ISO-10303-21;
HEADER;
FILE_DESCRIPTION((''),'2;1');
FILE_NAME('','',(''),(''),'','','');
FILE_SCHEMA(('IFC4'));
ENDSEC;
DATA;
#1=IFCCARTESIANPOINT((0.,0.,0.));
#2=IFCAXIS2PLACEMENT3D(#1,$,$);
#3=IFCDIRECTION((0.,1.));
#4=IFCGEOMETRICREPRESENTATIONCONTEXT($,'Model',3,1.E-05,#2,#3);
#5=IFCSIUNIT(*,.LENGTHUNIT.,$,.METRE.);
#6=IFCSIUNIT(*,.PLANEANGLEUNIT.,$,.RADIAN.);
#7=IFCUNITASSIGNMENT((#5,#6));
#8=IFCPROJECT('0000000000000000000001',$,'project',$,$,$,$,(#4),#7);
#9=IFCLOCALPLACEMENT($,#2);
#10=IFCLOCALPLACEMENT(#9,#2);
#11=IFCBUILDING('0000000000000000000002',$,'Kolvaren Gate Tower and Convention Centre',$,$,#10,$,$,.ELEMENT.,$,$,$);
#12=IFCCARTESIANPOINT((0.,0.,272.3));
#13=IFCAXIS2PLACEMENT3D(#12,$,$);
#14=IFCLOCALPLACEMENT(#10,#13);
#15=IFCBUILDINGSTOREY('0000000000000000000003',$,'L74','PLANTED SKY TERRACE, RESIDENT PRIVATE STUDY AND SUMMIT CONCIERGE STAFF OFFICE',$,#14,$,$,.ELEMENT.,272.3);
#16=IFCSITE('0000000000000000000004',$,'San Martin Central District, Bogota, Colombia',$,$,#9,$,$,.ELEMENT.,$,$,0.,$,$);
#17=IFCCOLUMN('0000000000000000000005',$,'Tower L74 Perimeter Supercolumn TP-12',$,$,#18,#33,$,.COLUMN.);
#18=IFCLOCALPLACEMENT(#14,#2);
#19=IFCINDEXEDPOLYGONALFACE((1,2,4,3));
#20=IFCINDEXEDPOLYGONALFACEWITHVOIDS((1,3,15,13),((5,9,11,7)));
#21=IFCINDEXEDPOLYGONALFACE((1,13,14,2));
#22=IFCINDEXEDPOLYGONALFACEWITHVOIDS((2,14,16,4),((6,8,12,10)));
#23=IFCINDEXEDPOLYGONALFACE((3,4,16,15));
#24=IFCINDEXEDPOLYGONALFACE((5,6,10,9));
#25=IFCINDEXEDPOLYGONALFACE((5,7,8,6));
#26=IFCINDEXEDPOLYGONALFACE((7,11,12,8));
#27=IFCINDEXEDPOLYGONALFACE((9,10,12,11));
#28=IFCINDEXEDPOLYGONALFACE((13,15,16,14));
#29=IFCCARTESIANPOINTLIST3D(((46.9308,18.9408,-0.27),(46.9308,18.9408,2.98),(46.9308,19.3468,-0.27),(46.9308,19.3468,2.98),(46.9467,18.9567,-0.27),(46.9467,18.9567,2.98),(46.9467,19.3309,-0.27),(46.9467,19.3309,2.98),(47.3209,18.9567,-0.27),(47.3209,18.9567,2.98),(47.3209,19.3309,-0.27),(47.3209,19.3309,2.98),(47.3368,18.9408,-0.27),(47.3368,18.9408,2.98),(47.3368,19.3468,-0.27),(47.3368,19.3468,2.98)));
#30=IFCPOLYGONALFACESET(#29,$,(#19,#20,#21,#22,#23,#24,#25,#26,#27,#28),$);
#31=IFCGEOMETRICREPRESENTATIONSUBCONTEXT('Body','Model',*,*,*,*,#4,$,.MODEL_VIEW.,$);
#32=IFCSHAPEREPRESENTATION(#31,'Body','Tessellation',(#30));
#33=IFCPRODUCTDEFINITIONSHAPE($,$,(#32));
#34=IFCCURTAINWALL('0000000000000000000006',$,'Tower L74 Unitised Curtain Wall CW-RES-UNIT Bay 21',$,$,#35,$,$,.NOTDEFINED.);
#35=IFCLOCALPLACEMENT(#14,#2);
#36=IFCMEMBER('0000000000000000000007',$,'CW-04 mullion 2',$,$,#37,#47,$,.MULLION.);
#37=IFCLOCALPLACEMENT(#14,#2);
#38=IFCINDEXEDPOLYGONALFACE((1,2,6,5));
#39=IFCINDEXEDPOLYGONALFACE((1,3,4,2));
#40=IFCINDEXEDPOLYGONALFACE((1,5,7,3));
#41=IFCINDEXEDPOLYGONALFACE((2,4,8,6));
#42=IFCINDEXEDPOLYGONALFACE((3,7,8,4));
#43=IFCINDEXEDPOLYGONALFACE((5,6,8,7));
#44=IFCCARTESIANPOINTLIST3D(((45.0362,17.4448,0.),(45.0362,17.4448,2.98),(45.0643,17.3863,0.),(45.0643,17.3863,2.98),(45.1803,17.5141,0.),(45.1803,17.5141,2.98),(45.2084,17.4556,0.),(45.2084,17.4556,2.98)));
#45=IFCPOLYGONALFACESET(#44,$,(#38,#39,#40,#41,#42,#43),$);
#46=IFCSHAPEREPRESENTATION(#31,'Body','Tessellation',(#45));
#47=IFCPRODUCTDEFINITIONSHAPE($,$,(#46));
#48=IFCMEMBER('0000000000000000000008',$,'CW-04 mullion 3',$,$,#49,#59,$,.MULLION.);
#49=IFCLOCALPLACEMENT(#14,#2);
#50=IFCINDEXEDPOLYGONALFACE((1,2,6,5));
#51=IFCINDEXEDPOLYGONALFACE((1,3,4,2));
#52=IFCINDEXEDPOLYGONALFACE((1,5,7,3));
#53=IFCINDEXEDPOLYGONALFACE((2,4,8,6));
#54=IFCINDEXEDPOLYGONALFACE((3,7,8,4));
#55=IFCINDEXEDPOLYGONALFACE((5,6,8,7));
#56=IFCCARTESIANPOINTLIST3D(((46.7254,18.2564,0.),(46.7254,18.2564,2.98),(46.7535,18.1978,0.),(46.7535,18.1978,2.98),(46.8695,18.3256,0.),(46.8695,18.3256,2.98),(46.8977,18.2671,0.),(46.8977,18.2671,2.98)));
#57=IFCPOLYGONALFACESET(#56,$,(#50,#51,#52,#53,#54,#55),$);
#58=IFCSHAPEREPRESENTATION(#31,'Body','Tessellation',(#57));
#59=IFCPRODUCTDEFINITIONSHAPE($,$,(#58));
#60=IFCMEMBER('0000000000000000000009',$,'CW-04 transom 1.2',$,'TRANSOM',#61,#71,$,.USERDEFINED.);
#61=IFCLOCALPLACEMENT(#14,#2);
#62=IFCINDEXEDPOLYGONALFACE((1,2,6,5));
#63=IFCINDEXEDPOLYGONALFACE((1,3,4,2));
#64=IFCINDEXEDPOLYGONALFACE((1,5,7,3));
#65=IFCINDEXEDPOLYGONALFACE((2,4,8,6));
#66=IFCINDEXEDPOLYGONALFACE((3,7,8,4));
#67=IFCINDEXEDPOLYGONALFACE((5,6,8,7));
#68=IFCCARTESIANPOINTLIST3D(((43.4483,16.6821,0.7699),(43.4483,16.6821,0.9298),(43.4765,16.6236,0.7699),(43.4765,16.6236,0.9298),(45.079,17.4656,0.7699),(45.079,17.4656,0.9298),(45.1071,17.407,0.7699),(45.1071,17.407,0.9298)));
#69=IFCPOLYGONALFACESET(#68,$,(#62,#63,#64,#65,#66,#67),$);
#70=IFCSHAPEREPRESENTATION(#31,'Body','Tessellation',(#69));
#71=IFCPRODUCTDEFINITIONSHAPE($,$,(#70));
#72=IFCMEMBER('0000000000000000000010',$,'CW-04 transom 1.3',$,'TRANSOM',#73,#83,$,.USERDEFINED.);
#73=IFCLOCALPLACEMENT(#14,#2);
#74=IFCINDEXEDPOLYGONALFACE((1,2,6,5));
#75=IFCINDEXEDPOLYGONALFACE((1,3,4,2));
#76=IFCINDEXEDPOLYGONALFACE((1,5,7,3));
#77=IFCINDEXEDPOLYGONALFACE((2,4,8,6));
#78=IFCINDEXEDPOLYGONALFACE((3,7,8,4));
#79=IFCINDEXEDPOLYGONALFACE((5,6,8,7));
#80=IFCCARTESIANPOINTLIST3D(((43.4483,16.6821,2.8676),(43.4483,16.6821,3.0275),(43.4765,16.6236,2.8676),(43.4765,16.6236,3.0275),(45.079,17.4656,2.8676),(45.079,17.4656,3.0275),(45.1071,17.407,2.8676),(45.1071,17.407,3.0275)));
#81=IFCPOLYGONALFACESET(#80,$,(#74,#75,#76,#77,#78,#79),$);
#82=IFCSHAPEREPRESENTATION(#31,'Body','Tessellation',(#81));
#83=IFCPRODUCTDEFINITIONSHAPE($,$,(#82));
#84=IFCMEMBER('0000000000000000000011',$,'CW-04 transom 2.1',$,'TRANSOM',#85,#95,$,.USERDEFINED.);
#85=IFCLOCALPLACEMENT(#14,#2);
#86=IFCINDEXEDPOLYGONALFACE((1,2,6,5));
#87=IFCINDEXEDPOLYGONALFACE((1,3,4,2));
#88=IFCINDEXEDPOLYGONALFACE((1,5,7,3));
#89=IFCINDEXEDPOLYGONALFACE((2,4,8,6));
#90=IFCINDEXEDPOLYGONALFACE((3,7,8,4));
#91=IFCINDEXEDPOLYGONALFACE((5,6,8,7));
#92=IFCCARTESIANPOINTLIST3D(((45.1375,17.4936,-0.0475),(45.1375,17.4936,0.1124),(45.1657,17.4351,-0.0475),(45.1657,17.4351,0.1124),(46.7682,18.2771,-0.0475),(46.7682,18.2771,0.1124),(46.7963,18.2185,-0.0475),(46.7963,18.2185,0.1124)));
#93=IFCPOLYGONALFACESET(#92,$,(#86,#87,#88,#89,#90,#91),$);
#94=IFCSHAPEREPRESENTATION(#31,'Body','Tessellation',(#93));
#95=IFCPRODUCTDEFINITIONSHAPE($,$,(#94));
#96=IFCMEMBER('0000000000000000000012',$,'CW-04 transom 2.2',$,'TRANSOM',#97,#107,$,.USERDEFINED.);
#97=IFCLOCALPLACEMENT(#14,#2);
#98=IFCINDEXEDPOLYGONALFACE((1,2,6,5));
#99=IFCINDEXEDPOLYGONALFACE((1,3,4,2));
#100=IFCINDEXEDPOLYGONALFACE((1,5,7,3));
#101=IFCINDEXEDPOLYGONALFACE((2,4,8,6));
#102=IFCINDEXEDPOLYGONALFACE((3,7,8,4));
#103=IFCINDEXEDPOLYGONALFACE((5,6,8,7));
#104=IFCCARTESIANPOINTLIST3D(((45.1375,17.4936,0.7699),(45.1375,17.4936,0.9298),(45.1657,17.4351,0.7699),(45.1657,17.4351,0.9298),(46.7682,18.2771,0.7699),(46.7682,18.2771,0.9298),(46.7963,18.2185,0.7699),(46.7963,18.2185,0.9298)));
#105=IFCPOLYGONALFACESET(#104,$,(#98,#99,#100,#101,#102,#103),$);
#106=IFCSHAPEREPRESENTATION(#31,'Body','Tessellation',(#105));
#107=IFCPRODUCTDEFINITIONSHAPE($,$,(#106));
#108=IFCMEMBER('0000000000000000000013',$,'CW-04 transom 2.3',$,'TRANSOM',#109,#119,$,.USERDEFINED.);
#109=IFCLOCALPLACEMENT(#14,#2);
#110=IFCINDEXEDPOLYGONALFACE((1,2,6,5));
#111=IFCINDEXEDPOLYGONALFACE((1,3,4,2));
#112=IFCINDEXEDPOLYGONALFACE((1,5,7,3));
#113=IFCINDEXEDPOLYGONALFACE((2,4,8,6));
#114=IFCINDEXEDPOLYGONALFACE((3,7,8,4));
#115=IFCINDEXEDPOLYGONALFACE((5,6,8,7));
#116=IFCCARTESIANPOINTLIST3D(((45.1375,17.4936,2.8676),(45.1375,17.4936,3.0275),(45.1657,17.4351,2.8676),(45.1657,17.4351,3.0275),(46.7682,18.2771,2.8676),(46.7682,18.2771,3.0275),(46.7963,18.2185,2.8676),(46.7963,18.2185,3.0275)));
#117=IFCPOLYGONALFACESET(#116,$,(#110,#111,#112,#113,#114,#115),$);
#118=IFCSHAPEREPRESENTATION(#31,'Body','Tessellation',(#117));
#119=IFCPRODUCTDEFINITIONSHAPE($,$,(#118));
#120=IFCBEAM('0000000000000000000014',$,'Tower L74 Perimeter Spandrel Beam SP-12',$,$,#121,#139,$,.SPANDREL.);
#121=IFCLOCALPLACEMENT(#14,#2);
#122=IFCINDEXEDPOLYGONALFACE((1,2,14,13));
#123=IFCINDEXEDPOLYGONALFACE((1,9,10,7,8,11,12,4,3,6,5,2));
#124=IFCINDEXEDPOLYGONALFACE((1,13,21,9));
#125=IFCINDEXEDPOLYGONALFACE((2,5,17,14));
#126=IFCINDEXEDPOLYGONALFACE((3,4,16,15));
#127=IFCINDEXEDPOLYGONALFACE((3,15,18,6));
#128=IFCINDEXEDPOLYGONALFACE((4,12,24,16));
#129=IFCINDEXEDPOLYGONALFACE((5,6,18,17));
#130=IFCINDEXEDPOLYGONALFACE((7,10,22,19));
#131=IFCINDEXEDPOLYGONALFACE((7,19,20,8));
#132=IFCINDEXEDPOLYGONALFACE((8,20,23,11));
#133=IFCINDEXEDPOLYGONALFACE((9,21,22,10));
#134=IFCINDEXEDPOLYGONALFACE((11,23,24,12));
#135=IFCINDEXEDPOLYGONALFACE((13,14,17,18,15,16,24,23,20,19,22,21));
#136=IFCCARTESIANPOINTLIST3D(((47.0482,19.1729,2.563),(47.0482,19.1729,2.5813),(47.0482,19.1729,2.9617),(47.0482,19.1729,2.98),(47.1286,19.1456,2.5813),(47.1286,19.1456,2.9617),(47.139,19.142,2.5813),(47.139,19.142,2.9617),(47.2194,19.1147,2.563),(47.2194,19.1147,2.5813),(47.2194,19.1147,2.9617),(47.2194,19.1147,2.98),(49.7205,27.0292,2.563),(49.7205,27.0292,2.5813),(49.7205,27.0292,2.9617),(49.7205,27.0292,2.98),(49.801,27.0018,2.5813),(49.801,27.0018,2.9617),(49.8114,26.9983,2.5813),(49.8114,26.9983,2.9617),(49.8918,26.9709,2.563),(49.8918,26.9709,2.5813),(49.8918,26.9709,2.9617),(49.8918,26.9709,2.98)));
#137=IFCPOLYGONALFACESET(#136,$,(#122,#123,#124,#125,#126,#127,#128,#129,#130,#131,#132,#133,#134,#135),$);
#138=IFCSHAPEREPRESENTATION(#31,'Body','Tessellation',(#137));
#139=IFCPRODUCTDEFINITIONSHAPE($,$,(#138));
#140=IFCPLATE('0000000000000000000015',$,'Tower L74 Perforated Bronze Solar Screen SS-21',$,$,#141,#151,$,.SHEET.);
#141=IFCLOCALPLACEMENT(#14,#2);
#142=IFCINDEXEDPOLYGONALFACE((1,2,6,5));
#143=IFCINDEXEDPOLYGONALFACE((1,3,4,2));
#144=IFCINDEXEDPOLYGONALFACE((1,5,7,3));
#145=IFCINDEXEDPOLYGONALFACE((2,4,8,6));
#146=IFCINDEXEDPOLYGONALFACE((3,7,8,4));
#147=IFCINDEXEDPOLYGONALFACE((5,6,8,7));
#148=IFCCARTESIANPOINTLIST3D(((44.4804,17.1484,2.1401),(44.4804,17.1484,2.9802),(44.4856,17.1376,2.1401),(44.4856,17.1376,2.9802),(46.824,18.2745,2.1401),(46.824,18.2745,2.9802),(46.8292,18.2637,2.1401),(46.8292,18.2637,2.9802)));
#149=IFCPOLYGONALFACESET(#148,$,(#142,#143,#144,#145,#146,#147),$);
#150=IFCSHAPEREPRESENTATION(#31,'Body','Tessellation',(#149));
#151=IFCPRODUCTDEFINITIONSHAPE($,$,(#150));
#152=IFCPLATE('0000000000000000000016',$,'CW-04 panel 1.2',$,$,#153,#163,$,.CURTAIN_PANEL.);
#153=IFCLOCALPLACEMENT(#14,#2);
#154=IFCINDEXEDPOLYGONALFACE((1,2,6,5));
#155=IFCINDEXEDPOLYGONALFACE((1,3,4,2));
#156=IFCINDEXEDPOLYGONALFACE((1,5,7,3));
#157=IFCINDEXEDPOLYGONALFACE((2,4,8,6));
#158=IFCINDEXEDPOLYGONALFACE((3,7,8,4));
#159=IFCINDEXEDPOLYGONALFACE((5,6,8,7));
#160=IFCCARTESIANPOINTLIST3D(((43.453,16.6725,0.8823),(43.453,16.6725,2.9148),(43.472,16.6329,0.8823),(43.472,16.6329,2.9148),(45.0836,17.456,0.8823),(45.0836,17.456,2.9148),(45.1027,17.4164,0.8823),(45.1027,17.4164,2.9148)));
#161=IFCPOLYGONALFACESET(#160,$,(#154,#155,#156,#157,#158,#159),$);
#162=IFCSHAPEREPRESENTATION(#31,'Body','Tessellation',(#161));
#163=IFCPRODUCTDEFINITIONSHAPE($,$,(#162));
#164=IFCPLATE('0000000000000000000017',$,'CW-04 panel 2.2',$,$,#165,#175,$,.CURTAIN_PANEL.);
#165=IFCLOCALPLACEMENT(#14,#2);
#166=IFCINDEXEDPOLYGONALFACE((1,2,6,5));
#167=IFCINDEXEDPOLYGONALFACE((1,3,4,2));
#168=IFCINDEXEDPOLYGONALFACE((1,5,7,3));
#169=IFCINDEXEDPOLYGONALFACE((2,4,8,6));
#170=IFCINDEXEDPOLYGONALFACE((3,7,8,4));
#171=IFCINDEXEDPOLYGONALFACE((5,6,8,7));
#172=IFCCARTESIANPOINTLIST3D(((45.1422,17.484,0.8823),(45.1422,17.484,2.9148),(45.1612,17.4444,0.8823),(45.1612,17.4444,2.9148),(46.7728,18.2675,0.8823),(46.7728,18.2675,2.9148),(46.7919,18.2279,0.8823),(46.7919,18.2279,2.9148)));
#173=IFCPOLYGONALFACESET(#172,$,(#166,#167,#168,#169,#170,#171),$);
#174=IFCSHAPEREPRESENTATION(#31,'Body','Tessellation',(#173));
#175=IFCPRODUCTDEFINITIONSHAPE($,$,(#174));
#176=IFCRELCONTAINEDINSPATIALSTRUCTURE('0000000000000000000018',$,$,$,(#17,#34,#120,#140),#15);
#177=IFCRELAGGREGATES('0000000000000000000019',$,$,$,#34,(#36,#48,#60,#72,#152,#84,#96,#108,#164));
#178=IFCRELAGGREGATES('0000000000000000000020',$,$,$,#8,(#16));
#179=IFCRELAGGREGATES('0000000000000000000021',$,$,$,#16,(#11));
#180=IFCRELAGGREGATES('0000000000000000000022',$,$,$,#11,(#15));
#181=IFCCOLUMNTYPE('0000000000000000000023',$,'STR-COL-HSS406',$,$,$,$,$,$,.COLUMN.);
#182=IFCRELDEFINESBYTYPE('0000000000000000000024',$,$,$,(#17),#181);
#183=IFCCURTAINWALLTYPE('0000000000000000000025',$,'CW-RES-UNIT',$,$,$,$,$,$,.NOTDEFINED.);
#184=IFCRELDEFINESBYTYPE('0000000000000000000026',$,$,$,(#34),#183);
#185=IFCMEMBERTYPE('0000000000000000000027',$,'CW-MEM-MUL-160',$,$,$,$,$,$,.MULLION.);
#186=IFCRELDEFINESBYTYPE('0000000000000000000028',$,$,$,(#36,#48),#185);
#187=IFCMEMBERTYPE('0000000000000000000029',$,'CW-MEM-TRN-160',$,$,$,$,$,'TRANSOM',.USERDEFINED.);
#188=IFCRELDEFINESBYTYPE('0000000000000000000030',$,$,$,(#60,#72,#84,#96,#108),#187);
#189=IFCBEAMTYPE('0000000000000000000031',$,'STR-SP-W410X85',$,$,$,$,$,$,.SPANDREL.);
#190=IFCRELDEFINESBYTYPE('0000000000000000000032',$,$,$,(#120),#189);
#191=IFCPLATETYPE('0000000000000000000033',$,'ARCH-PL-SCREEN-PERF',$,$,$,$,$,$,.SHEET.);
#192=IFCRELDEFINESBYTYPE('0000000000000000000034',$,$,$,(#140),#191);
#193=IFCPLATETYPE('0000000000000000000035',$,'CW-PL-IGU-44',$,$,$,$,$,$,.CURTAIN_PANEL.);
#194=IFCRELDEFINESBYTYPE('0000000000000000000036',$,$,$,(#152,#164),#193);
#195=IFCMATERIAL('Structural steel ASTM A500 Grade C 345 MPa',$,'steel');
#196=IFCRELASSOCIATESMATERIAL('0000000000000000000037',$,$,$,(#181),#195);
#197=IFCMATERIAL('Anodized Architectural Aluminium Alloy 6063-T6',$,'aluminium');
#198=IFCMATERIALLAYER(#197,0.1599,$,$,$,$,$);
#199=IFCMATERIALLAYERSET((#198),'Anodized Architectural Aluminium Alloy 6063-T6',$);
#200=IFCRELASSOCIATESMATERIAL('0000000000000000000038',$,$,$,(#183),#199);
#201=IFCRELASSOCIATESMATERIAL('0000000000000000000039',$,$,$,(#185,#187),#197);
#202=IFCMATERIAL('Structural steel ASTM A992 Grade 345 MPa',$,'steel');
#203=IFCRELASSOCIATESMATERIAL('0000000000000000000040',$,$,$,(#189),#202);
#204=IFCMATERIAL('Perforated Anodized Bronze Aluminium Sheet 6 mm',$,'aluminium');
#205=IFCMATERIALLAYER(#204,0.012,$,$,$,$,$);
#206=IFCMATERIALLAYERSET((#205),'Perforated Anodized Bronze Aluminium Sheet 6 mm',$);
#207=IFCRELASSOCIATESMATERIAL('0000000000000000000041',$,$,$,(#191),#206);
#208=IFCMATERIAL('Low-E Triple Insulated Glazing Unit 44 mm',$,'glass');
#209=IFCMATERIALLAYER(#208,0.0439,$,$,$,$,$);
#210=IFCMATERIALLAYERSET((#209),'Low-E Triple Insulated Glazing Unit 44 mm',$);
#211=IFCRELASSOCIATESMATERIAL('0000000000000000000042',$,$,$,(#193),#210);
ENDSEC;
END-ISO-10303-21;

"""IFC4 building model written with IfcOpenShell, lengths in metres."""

from ifc_helpers import new_model, si_unit, direction, frame, origin, origin_2d, place, context, subcontext, project, spatial, rectangle, hollow_rectangle, i_section, extrude, material, layer, layer_set, material_profile, profile_set, type_object, element, aggregate, save


model = new_model("IFC4")

# Units and contexts
model_context = context("Model", 3, precision=1e-05, world=origin(), true_north=direction((0.0, 1.0)))
body_context = subcontext(model_context, "Body", "Model", "MODEL_VIEW")
ifc_project = project(units=[si_unit("LENGTHUNIT", "METRE"), si_unit("PLANEANGLEUNIT", "RADIAN")], contexts=[model_context])

# Site, building, storey
site_placement = place(None, origin())
site = spatial("IfcSite", under=ifc_project, at=site_placement, Name="San Martin Central District, Bogota, Colombia", CompositionType="ELEMENT", RefElevation=0.0)
building_placement = place(site_placement, origin())
building = spatial("IfcBuilding", under=site, at=building_placement, Name="Kolvaren Gate Tower and Convention Centre", CompositionType="ELEMENT")
storey_placement = place(building_placement, frame((0.0, 0.0, 272.3)))
storey = spatial("IfcBuildingStorey", under=building, at=storey_placement, Name="L74", Description="PLANTED SKY TERRACE, RESIDENT PRIVATE STUDY AND SUMMIT CONCIERGE STAFF OFFICE", CompositionType="ELEMENT", Elevation=272.3)

# Column
ifc_material_1 = material(Name="Structural steel ASTM A500 Grade C 345 MPa", Category="steel")
ifc_material_profile_1 = material_profile(ifc_material_1, hollow_rectangle(XDim=0.406, YDim=0.406, WallThickness=0.0159, at=origin_2d()), Name="HSS406X406X15.9")
ifc_profile_set_1 = profile_set([ifc_material_profile_1], Name="Structural steel ASTM A500 Grade C 345 MPa")
column_type = type_object("IfcColumnType", Name="STR-COL-HSS406", PredefinedType="COLUMN", material=ifc_profile_set_1)
column_placement = place(storey_placement, frame((47.1338, 19.1438, -0.27), z_axis=(0.0, 0.0, 1.0), x_axis=(1.0, 0.0, 0.0)))
element("IfcColumn", 1, at=column_placement, inside=storey, type_object=column_type, Name="Tower L74 Perimeter Supercolumn TP-12", PredefinedType="COLUMN", context=body_context, shape_type="SweptSolid", body=[
    extrude(hollow_rectangle(XDim=0.406, YDim=0.406, WallThickness=0.0159, at=origin_2d()), origin(), (0.0, 0.0, 1.0), 3.25),
])

# Curtain wall, members
ifc_material_2 = material(Name="Anodized Architectural Aluminium Alloy 6063-T6", Category="aluminium")
ifc_layer_1 = layer(ifc_material_2, 0.1599)
ifc_layer_set_1 = layer_set([ifc_layer_1], Name="Anodized Architectural Aluminium Alloy 6063-T6")
curtain_wall_type = type_object("IfcCurtainWallType", Name="CW-RES-UNIT", PredefinedType="NOTDEFINED", material=ifc_layer_set_1)
curtain_wall_placement = place(storey_placement, origin())
curtain_wall = element("IfcCurtainWall", 2, at=curtain_wall_placement, inside=storey, type_object=curtain_wall_type, Name="Tower L74 Unitised Curtain Wall CW-RES-UNIT Bay 21", PredefinedType="NOTDEFINED")
ifc_material_profile_2 = material_profile(ifc_material_2, rectangle(XDim=0.0649, YDim=0.1599, at=origin_2d()), Name="CW-MEM-MUL-160")
ifc_profile_set_2 = profile_set([ifc_material_profile_2], Name="Anodized Architectural Aluminium Alloy 6063-T6")
member_type_1 = type_object("IfcMemberType", Name="CW-MEM-MUL-160", PredefinedType="MULLION", material=ifc_profile_set_2)
member_1_placement = place(storey_placement, frame((45.1223, 17.4502, 0.0), z_axis=(0.0, 0.0, 1.0), x_axis=(-0.43307, 0.901361, 0.0)))
member_1 = element("IfcMember", 3, at=member_1_placement, type_object=member_type_1, Name="CW-04 mullion 2", PredefinedType="MULLION", context=body_context, shape_type="SweptSolid", body=[
    extrude(rectangle(XDim=0.0649, YDim=0.1599, at=origin_2d()), origin(), (0.0, 0.0, 1.0), 2.98),
])
member_2_placement = place(storey_placement, frame((46.8115, 18.2617, 0.0), z_axis=(0.0, 0.0, 1.0), x_axis=(-0.43307, 0.901361, 0.0)))
member_2 = element("IfcMember", 4, at=member_2_placement, type_object=member_type_1, Name="CW-04 mullion 3", PredefinedType="MULLION", context=body_context, shape_type="SweptSolid", body=[
    extrude(rectangle(XDim=0.0649, YDim=0.1599, at=origin_2d()), origin(), (0.0, 0.0, 1.0), 2.98),
])
ifc_material_profile_3 = material_profile(ifc_material_2, rectangle(XDim=0.0649, YDim=0.1599, at=origin_2d()), Name="CW-MEM-TRN-160")
ifc_profile_set_3 = profile_set([ifc_material_profile_3], Name="Anodized Architectural Aluminium Alloy 6063-T6")
member_type_2 = type_object("IfcMemberType", Name="CW-MEM-TRN-160", ElementType="TRANSOM", PredefinedType="USERDEFINED", material=ifc_profile_set_3)
member_3_placement = place(storey_placement, frame((43.4624, 16.6528, 0.8499), z_axis=(0.901361, 0.433069, 0.0), x_axis=(-0.433069, 0.901361, 0.0)))
member_3 = element("IfcMember", 5, at=member_3_placement, type_object=member_type_2, Name="CW-04 transom 1.2", ObjectType="TRANSOM", PredefinedType="USERDEFINED", context=body_context, shape_type="SweptSolid", body=[
    extrude(rectangle(XDim=0.0649, YDim=0.1599, at=origin_2d()), origin(), (0.0, 0.0, 1.0), 1.8091),
])
member_4_placement = place(storey_placement, frame((43.4624, 16.6528, 2.9475), z_axis=(0.901361, 0.433069, 0.0), x_axis=(-0.433069, 0.901361, 0.0)))
member_4 = element("IfcMember", 6, at=member_4_placement, type_object=member_type_2, Name="CW-04 transom 1.3", ObjectType="TRANSOM", PredefinedType="USERDEFINED", context=body_context, shape_type="SweptSolid", body=[
    extrude(rectangle(XDim=0.0649, YDim=0.1599, at=origin_2d()), origin(), (0.0, 0.0, 1.0), 1.8091),
])
member_5_placement = place(storey_placement, frame((45.1516, 17.4644, 0.0325), z_axis=(0.901361, 0.433069, 0.0), x_axis=(-0.433069, 0.901361, 0.0)))
member_5 = element("IfcMember", 7, at=member_5_placement, type_object=member_type_2, Name="CW-04 transom 2.1", ObjectType="TRANSOM", PredefinedType="USERDEFINED", context=body_context, shape_type="SweptSolid", body=[
    extrude(rectangle(XDim=0.0649, YDim=0.1599, at=origin_2d()), origin(), (0.0, 0.0, 1.0), 1.8091),
])
member_6_placement = place(storey_placement, frame((45.1516, 17.4644, 0.8499), z_axis=(0.901361, 0.433069, 0.0), x_axis=(-0.433069, 0.901361, 0.0)))
member_6 = element("IfcMember", 8, at=member_6_placement, type_object=member_type_2, Name="CW-04 transom 2.2", ObjectType="TRANSOM", PredefinedType="USERDEFINED", context=body_context, shape_type="SweptSolid", body=[
    extrude(rectangle(XDim=0.0649, YDim=0.1599, at=origin_2d()), origin(), (0.0, 0.0, 1.0), 1.8091),
])
member_7_placement = place(storey_placement, frame((45.1516, 17.4644, 2.9475), z_axis=(0.901361, 0.433069, 0.0), x_axis=(-0.433069, 0.901361, 0.0)))
member_7 = element("IfcMember", 9, at=member_7_placement, type_object=member_type_2, Name="CW-04 transom 2.3", ObjectType="TRANSOM", PredefinedType="USERDEFINED", context=body_context, shape_type="SweptSolid", body=[
    extrude(rectangle(XDim=0.0649, YDim=0.1599, at=origin_2d()), origin(), (0.0, 0.0, 1.0), 1.8091),
])

# Beam
ifc_material_3 = material(Name="Structural steel ASTM A992 Grade 345 MPa", Category="steel")
ifc_material_profile_4 = material_profile(ifc_material_3, i_section(OverallWidth=0.1809, OverallDepth=0.417, WebThickness=0.011, FlangeThickness=0.0183, at=origin_2d()), Name="W410X85")
ifc_profile_set_4 = profile_set([ifc_material_profile_4], Name="Structural steel ASTM A992 Grade 345 MPa")
beam_type = type_object("IfcBeamType", Name="STR-SP-W410X85", PredefinedType="SPANDREL", material=ifc_profile_set_4)
beam_placement = place(storey_placement, frame((47.1338, 19.1438, 2.7715), z_axis=(0.322038, 0.946727, 0.0), x_axis=(-0.946727, 0.322038, 0.0)))
element("IfcBeam", 10, at=beam_placement, inside=storey, type_object=beam_type, Name="Tower L74 Perimeter Spandrel Beam SP-12", PredefinedType="SPANDREL", context=body_context, shape_type="SweptSolid", body=[
    extrude(i_section(OverallWidth=0.1809, OverallDepth=0.417, WebThickness=0.011, FlangeThickness=0.0183, at=origin_2d()), origin(), (0.0, 0.0, 1.0), 8.2983),
])

# Plates
ifc_material_4 = material(Name="Perforated Anodized Bronze Aluminium Sheet 6 mm", Category="aluminium")
ifc_layer_2 = layer(ifc_material_4, 0.012)
ifc_layer_set_2 = layer_set([ifc_layer_2], Name="Perforated Anodized Bronze Aluminium Sheet 6 mm")
plate_type_1 = type_object("IfcPlateType", Name="ARCH-PL-SCREEN-PERF", PredefinedType="SHEET", material=ifc_layer_set_2)
plate_1_placement = place(storey_placement, frame((45.6548, 17.7061, 2.1401), z_axis=(0.0, 0.0, 1.0), x_axis=(0.901356, 0.433079, 0.0)))
element("IfcPlate", 11, at=plate_1_placement, inside=storey, type_object=plate_type_1, Name="Tower L74 Perforated Bronze Solar Screen SS-21", PredefinedType="SHEET", context=body_context, shape_type="SweptSolid", body=[
    extrude(rectangle(XDim=2.6001, YDim=0.012, at=origin_2d()), origin(), (0.0, 0.0, 1.0), 0.8401),
])
ifc_material_5 = material(Name="Low-E Triple Insulated Glazing Unit 44 mm", Category="glass")
ifc_layer_3 = layer(ifc_material_5, 0.0439)
ifc_layer_set_3 = layer_set([ifc_layer_3], Name="Low-E Triple Insulated Glazing Unit 44 mm")
plate_type_2 = type_object("IfcPlateType", Name="CW-PL-IGU-44", PredefinedType="CURTAIN_PANEL", material=ifc_layer_set_3)
plate_2_placement = place(storey_placement, frame((44.2778, 17.0444, 0.8823), z_axis=(0.0, 0.0, 1.0), x_axis=(0.901361, 0.43307, 0.0)))
plate_2 = element("IfcPlate", 12, at=plate_2_placement, type_object=plate_type_2, Name="CW-04 panel 1.2", PredefinedType="CURTAIN_PANEL", context=body_context, shape_type="SweptSolid", body=[
    extrude(rectangle(XDim=1.8091, YDim=0.0439, at=origin_2d()), origin(), (0.0, 0.0, 1.0), 2.0325),
])
plate_3_placement = place(storey_placement, frame((45.967, 17.856, 0.8823), z_axis=(0.0, 0.0, 1.0), x_axis=(0.901361, 0.43307, 0.0)))
plate_3 = element("IfcPlate", 13, at=plate_3_placement, type_object=plate_type_2, Name="CW-04 panel 2.2", PredefinedType="CURTAIN_PANEL", context=body_context, shape_type="SweptSolid", body=[
    extrude(rectangle(XDim=1.8091, YDim=0.0439, at=origin_2d()), origin(), (0.0, 0.0, 1.0), 2.0325),
])
aggregate(curtain_wall, [member_1, member_2, member_3, member_4, plate_2, member_5, member_6, member_7, plate_3])

save(model, "model.ifc")
